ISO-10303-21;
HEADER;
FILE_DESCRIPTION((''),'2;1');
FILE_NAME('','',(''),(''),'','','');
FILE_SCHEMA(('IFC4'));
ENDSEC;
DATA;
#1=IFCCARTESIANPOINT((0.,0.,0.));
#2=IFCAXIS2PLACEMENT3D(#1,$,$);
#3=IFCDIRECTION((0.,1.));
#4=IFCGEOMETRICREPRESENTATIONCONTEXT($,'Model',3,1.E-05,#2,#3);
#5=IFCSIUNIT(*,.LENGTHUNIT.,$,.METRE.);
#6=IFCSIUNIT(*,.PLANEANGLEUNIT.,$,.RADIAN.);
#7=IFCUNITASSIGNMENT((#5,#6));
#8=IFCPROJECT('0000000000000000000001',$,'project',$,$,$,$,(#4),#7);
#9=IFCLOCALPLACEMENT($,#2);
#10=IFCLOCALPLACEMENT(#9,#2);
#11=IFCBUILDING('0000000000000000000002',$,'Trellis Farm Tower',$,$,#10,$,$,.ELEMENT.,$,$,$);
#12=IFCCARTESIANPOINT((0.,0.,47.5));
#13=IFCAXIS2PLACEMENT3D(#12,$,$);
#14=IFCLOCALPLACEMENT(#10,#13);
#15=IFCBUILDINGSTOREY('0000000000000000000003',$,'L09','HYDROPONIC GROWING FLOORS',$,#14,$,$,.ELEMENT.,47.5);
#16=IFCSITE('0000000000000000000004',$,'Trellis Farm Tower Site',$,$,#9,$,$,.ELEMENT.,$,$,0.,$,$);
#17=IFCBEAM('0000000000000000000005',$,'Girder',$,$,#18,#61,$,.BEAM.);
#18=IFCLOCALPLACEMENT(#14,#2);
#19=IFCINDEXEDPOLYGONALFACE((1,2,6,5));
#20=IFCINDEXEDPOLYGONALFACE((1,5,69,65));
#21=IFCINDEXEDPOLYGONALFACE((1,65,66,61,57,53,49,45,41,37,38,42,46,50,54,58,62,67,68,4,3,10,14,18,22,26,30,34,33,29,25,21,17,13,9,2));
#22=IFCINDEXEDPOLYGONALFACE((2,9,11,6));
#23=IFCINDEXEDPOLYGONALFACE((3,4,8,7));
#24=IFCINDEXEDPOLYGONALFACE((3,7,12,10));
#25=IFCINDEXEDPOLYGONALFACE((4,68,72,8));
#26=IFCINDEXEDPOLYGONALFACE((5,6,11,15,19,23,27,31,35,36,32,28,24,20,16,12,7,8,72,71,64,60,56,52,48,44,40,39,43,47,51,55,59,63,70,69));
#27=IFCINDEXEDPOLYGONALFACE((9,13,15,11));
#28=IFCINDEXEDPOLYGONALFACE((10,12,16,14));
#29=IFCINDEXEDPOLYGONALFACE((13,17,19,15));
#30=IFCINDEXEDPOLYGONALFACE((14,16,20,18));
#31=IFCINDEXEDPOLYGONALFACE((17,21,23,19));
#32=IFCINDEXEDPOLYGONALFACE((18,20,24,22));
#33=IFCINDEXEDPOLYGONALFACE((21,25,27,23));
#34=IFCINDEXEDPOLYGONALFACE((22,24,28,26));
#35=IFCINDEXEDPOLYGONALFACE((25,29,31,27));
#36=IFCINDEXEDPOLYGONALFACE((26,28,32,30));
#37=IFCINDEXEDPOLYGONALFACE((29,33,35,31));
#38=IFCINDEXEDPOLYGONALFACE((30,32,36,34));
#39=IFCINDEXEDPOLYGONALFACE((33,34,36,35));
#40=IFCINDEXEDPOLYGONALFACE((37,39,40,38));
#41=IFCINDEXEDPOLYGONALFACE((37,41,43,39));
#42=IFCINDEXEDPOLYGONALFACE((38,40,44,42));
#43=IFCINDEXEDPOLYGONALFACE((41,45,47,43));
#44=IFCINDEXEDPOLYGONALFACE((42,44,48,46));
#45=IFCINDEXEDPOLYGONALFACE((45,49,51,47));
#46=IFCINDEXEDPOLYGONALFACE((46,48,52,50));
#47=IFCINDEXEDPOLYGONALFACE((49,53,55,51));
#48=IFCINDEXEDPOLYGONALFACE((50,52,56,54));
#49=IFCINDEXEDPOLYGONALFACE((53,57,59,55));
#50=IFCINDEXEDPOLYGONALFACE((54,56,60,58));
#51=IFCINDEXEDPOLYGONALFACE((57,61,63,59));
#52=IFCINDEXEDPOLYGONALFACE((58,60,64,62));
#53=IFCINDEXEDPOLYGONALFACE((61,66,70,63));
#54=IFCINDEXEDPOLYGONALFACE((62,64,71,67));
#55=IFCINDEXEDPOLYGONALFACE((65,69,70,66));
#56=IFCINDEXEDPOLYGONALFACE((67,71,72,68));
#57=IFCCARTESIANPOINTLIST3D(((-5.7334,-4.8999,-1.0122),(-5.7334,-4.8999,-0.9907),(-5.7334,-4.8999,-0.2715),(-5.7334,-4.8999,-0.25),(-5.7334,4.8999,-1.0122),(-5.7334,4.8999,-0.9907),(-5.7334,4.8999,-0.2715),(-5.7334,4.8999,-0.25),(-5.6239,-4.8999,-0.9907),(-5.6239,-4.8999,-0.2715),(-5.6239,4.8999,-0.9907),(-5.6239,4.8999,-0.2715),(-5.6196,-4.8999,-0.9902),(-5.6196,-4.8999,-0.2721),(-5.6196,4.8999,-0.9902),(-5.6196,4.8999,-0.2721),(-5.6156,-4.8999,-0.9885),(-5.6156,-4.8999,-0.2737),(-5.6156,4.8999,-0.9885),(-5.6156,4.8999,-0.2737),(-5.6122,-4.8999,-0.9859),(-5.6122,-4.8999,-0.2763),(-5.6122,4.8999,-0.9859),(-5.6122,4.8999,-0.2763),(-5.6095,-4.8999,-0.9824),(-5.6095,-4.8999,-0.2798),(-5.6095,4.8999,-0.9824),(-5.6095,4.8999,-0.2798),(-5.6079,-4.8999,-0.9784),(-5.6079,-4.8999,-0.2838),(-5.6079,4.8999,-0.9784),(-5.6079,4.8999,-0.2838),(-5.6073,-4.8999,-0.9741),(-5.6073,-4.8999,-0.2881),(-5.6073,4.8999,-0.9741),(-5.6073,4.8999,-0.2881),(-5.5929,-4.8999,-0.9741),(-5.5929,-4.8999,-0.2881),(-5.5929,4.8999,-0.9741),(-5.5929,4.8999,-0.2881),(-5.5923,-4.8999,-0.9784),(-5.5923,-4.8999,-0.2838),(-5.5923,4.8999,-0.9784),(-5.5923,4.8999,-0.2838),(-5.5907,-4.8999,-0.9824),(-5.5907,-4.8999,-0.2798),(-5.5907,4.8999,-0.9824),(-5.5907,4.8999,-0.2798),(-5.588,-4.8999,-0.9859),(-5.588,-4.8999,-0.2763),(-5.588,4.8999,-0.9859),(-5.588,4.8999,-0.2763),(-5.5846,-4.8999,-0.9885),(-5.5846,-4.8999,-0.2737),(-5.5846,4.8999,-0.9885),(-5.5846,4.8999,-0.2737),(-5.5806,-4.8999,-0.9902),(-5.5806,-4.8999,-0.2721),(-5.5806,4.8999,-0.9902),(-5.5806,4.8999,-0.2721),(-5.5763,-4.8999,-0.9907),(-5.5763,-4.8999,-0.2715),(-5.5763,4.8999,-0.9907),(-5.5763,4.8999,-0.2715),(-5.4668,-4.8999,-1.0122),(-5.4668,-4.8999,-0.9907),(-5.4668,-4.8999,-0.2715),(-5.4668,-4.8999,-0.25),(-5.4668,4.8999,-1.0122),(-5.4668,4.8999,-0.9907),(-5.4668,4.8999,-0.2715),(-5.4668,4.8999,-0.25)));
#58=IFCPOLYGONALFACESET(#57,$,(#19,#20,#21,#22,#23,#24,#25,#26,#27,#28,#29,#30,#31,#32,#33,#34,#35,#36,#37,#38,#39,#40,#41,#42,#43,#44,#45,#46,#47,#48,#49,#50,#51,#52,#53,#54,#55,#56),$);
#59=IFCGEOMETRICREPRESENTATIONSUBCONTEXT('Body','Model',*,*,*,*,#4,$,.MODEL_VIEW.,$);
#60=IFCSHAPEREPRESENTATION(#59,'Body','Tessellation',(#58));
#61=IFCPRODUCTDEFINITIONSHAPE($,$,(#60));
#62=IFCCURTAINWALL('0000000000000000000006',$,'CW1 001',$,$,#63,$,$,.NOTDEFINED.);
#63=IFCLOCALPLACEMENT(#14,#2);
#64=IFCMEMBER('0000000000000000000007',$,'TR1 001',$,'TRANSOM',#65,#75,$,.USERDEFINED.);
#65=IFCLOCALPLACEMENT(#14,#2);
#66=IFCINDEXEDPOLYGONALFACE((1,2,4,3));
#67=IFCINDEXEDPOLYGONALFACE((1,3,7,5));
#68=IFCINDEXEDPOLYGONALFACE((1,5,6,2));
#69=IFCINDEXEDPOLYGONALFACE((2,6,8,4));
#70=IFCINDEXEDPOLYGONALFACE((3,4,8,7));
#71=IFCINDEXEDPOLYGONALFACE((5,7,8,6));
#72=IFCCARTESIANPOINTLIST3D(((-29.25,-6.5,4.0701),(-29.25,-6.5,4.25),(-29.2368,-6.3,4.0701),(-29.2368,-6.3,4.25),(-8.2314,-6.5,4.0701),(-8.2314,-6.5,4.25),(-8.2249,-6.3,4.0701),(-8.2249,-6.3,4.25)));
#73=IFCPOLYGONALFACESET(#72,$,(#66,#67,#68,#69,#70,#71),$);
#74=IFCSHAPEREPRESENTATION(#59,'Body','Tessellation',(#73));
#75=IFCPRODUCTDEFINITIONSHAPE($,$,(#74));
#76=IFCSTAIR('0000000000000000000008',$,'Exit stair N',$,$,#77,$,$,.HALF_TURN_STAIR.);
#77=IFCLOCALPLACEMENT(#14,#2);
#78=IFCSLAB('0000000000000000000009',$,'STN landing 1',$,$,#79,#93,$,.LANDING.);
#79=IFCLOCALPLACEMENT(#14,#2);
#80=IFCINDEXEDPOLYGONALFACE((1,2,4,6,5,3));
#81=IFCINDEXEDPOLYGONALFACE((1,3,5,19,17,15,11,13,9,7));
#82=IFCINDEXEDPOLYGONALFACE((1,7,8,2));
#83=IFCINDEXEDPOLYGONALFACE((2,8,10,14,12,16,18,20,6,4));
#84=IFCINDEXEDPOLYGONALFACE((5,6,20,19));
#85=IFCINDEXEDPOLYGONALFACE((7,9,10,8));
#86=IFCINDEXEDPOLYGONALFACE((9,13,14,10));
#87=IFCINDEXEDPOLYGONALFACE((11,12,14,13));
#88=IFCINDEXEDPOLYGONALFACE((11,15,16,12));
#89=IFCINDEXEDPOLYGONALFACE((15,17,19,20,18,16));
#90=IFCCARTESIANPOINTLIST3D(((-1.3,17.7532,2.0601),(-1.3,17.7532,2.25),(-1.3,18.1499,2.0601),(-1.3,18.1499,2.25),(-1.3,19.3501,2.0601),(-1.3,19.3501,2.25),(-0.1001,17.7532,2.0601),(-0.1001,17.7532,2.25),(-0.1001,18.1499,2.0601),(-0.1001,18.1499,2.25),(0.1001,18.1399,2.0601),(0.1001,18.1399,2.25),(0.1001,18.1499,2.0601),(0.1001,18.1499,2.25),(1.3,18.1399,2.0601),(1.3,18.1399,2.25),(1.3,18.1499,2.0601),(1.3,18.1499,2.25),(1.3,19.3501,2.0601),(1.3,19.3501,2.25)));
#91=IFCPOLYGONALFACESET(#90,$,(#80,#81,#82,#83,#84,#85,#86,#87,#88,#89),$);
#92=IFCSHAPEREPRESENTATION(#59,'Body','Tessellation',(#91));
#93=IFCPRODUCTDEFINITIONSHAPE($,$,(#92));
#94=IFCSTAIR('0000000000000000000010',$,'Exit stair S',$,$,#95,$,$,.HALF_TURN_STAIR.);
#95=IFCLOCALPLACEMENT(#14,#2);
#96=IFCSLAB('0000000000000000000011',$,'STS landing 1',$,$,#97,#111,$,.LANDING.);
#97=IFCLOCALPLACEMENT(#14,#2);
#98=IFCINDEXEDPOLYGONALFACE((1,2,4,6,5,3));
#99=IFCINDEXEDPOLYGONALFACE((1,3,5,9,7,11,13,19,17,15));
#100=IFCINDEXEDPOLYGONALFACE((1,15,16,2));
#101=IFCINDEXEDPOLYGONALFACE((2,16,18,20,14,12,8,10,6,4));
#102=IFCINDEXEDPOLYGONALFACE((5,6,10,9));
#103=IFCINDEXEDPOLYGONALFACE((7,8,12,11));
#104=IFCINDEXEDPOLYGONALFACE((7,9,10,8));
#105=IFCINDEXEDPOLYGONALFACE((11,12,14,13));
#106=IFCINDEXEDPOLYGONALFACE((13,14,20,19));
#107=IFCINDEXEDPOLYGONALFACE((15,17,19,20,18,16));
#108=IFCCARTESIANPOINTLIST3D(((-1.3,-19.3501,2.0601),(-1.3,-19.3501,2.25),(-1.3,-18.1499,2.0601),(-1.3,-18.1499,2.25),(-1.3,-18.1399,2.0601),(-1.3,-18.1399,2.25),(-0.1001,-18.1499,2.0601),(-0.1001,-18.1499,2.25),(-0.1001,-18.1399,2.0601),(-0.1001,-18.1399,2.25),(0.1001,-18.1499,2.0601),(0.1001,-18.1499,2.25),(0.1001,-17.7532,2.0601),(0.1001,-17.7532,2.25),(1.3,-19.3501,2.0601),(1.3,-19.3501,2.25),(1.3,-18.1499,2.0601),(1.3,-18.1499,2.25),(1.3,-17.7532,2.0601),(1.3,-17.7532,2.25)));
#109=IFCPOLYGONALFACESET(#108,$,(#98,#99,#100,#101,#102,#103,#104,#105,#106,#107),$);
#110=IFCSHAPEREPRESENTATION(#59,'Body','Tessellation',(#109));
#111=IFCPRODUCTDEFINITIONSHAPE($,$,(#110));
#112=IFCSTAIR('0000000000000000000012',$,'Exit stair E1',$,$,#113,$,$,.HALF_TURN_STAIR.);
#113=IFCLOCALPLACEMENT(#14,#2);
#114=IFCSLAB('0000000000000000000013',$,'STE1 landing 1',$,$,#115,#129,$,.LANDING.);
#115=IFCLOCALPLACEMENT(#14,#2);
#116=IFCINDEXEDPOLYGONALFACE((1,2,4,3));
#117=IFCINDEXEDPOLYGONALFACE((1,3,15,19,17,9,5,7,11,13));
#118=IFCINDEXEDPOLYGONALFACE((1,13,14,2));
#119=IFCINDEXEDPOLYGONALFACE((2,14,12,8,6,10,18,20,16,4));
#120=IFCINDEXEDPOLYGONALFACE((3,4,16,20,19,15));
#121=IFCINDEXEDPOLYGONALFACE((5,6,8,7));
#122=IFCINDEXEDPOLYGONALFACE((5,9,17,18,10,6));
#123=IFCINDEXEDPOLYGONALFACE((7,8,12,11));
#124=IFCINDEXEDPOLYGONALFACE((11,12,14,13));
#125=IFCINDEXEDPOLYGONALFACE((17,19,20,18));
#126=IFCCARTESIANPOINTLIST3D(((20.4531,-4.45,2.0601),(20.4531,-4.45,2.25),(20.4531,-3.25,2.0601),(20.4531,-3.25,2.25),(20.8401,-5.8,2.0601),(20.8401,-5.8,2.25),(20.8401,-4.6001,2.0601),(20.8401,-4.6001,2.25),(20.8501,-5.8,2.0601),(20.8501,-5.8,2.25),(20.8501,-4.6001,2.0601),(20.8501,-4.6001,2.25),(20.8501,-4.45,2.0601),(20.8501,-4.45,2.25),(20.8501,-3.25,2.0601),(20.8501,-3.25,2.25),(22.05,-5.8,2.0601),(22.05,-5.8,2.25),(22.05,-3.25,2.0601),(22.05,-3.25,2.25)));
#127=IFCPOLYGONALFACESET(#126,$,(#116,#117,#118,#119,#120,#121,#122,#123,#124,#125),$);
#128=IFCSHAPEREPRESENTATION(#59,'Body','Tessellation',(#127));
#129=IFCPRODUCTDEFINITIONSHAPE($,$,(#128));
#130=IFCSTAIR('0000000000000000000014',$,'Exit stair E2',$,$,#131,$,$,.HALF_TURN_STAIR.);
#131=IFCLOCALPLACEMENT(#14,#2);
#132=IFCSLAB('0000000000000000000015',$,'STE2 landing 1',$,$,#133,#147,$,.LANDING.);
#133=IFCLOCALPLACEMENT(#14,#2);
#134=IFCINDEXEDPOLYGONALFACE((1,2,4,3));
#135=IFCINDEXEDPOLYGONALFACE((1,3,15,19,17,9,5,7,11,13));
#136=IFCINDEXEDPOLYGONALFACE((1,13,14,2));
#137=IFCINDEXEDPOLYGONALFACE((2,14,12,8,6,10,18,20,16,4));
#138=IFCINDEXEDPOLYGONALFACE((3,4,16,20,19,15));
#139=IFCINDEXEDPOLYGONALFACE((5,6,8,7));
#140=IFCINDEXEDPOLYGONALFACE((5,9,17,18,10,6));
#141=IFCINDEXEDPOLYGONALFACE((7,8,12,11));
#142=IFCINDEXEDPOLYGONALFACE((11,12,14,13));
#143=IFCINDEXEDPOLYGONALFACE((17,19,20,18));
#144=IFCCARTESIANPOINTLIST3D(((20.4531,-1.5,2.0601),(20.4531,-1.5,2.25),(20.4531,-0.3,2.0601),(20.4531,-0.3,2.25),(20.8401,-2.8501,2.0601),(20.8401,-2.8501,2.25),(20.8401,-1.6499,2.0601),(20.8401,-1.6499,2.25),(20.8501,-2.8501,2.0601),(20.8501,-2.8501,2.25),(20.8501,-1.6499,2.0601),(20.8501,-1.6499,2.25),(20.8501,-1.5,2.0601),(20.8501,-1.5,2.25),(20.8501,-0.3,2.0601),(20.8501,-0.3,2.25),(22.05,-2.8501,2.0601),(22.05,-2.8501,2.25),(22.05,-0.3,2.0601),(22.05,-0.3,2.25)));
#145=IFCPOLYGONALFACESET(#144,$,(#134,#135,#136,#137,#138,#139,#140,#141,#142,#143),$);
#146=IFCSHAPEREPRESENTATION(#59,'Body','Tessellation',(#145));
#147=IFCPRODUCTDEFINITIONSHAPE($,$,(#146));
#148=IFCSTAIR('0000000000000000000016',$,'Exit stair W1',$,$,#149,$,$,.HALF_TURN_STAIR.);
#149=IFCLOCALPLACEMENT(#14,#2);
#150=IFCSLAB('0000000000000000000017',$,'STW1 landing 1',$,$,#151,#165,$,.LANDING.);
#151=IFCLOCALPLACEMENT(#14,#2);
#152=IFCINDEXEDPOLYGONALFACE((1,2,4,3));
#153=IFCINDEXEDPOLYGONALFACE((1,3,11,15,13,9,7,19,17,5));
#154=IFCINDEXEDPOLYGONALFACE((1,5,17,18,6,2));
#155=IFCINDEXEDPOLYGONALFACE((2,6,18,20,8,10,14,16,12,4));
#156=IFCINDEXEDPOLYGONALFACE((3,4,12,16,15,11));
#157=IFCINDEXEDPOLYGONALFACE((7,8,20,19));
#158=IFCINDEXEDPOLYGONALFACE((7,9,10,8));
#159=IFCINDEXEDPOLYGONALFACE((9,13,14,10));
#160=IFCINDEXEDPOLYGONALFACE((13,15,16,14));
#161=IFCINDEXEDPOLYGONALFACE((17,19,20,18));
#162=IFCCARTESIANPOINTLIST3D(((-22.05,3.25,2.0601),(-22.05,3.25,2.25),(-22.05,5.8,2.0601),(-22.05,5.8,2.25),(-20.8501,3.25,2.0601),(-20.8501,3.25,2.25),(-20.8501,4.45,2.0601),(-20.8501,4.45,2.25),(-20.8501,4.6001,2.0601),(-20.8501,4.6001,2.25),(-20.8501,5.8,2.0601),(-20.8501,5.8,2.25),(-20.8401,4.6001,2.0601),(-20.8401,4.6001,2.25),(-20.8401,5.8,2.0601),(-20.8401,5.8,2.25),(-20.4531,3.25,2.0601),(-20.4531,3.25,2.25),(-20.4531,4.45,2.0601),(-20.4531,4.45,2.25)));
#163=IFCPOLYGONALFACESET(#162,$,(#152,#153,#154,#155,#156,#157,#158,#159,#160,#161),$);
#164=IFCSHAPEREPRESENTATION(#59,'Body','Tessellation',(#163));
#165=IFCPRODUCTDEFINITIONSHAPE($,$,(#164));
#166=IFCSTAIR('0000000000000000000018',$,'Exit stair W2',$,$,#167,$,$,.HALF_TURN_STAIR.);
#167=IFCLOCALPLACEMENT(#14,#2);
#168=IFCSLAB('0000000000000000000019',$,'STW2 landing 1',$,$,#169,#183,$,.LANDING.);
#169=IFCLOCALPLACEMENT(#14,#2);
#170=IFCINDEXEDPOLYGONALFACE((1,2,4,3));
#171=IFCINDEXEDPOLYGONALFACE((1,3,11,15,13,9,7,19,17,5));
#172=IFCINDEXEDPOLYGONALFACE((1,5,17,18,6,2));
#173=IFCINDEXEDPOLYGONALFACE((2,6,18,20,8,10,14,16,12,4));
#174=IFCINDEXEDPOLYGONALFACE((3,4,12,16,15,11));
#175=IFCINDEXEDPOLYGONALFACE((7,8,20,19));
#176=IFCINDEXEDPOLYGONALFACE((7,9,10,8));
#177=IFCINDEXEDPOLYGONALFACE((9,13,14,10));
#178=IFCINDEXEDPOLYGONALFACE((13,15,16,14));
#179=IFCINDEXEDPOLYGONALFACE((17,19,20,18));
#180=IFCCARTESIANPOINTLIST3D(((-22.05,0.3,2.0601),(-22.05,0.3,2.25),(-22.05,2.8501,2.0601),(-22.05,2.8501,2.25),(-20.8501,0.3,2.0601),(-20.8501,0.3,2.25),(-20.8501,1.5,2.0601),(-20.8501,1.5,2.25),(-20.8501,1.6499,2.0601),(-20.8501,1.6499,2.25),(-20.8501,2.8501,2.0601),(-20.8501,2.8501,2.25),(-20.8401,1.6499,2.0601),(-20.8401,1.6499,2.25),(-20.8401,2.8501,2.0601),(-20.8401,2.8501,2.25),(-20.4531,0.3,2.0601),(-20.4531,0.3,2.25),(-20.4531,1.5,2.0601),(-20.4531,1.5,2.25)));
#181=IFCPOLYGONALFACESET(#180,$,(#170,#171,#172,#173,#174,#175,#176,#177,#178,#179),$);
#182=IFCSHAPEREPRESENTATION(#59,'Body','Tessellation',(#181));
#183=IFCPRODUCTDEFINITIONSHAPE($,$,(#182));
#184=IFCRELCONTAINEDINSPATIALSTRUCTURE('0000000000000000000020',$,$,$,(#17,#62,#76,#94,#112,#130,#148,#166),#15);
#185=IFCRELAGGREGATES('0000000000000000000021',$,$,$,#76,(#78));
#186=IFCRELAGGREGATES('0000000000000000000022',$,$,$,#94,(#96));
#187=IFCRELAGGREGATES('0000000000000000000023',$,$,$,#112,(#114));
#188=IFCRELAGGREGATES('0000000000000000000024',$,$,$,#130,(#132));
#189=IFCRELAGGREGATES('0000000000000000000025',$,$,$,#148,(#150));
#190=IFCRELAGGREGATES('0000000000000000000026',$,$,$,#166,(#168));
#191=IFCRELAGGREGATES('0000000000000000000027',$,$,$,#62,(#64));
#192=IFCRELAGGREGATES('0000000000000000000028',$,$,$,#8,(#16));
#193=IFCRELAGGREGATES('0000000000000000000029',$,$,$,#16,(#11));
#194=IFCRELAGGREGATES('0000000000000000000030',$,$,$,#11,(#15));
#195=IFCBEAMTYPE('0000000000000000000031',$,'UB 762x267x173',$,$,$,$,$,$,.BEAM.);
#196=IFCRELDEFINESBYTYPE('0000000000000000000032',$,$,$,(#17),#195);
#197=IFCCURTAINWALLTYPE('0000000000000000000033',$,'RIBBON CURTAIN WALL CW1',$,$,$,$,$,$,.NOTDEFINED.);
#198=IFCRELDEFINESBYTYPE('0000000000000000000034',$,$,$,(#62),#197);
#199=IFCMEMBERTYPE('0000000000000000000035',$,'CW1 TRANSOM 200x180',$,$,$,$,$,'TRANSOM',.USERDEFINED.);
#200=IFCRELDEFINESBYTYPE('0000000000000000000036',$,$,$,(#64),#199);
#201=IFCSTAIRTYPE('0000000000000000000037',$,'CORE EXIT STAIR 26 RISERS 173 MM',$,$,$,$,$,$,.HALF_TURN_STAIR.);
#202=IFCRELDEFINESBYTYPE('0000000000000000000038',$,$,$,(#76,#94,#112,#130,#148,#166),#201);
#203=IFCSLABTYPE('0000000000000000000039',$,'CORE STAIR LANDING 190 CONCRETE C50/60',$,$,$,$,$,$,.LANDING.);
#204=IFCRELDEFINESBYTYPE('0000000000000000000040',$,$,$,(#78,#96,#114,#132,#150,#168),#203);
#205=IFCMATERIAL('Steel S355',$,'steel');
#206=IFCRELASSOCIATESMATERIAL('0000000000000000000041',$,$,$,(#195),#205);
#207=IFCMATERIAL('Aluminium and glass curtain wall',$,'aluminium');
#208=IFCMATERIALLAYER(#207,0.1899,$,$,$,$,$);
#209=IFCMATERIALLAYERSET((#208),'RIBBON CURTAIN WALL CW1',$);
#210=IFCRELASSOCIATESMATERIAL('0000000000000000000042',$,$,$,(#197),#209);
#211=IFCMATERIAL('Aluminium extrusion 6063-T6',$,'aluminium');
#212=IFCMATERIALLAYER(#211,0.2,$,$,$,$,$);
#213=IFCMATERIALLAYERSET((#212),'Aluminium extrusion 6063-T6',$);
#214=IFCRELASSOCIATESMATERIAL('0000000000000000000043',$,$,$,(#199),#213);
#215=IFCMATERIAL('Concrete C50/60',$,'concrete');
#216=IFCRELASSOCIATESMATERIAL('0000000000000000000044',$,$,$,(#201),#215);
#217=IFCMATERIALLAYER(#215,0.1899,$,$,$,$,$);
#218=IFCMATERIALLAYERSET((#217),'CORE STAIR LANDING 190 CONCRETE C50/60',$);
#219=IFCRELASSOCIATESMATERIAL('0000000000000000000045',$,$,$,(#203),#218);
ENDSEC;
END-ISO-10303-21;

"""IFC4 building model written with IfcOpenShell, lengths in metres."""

from ifc_helpers import new_model, si_unit, direction, frame, origin, origin_2d, place, context, subcontext, project, spatial, polyline, i_section, outline, extrude, source, transform, mapped, material, layer, layer_set, material_profile, profile_set, type_object, element, aggregate, save


model = new_model("IFC4")

# Units and contexts
model_context = context("Model", 3, precision=1e-05, world=origin(), true_north=direction((0.0, 1.0)))
body_context = subcontext(model_context, "Body", "Model", "MODEL_VIEW")
ifc_project = project(units=[si_unit("LENGTHUNIT", "METRE"), si_unit("PLANEANGLEUNIT", "RADIAN")], contexts=[model_context])

# Site, building, storey
site_placement = place(None, origin())
site = spatial("IfcSite", under=ifc_project, at=site_placement, Name="Trellis Farm Tower Site", CompositionType="ELEMENT", RefElevation=0.0)
building_placement = place(site_placement, origin())
building = spatial("IfcBuilding", under=site, at=building_placement, Name="Trellis Farm Tower", CompositionType="ELEMENT")
storey_placement = place(building_placement, frame((0.0, 0.0, 47.5)))
storey = spatial("IfcBuildingStorey", under=building, at=storey_placement, Name="L09", Description="HYDROPONIC GROWING FLOORS", CompositionType="ELEMENT", Elevation=47.5)

# Beam
ifc_material_1 = material(Name="Steel S355", Category="steel")
ifc_material_profile_1 = material_profile(ifc_material_1, i_section(OverallWidth=0.2666, OverallDepth=0.7622, WebThickness=0.0144, FlangeThickness=0.0215, FilletRadius=0.0166, at=origin_2d()), Name="UB 762x267x173")
ifc_profile_set_1 = profile_set([ifc_material_profile_1], Name="Steel S355")
beam_type_1 = type_object("IfcBeamType", Name="UB 762x267x173", PredefinedType="BEAM", material=ifc_profile_set_1)
shared_shape_1 = source(origin(), body_context, "Body", "SweptSolid", [
    extrude(i_section(OverallWidth=0.2666, OverallDepth=0.7622, WebThickness=0.0144, FlangeThickness=0.0215, FilletRadius=0.0166, at=origin_2d()), origin(), (0.0, 0.0, 1.0), 9.7998),
])
for number, where, z_axis, x_axis, name in (
    (1, (-5.6001, -4.8999, -0.6311), (0.0, 1.0, 0.0), (-1.0, 0.0, 0.0), "Girder"),
):
    element("IfcBeam", number, at=place(storey_placement, frame(where, z_axis=z_axis, x_axis=x_axis)), inside=storey, type_object=beam_type_1, Name=name, PredefinedType="BEAM", context=body_context, shape_type="MappedRepresentation", body=[
        mapped(shared_shape_1, transform((0.0, 0.0, 0.0))),
    ])

# Curtain wall, member
ifc_material_2 = material(Name="Aluminium and glass curtain wall", Category="aluminium")
ifc_layer_1 = layer(ifc_material_2, 0.1899)
ifc_layer_set_1 = layer_set([ifc_layer_1], Name="RIBBON CURTAIN WALL CW1")
curtain_wall_type = type_object("IfcCurtainWallType", Name="RIBBON CURTAIN WALL CW1", PredefinedType="NOTDEFINED", material=ifc_layer_set_1)
placement_1 = place(storey_placement, origin())
curtain_wall = element("IfcCurtainWall", 2, at=placement_1, inside=storey, type_object=curtain_wall_type, Name="CW1 001", PredefinedType="NOTDEFINED")
ifc_material_3 = material(Name="Aluminium extrusion 6063-T6", Category="aluminium")
ifc_layer_2 = layer(ifc_material_3, 0.2)
ifc_layer_set_2 = layer_set([ifc_layer_2], Name="Aluminium extrusion 6063-T6")
member_type = type_object("IfcMemberType", Name="CW1 TRANSOM 200x180", ElementType="TRANSOM", PredefinedType="USERDEFINED", material=ifc_layer_set_2)
shared_shape_2 = source(origin(), body_context, "Body", "SweptSolid", [
    extrude(outline(polyline([(-29.25, -6.5), (-8.2314, -6.5), (-8.2249, -6.3), (-29.2368, -6.3), (-29.25, -6.5)])), origin(), (0.0, 0.0, 1.0), 0.1799),
])
member_placement = place(storey_placement, frame((0.0, 0.0, 4.0701)))
member = element("IfcMember", 3, at=member_placement, type_object=member_type, Name="TR1 001", ObjectType="TRANSOM", PredefinedType="USERDEFINED", context=body_context, shape_type="MappedRepresentation", body=[
    mapped(shared_shape_2, transform((0.0, 0.0, 0.0))),
])

# Stairs, slabs
ifc_material_4 = material(Name="Concrete C50/60", Category="concrete")
stair_type = type_object("IfcStairType", Name="CORE EXIT STAIR 26 RISERS 173 MM", PredefinedType="HALF_TURN_STAIR", material=ifc_material_4)
stair_1 = element("IfcStair", 4, at=placement_1, inside=storey, type_object=stair_type, Name="Exit stair N", PredefinedType="HALF_TURN_STAIR")
ifc_layer_3 = layer(ifc_material_4, 0.1899)
ifc_layer_set_3 = layer_set([ifc_layer_3], Name="CORE STAIR LANDING 190 CONCRETE C50/60")
slab_type_1 = type_object("IfcSlabType", Name="CORE STAIR LANDING 190 CONCRETE C50/60", PredefinedType="LANDING", material=ifc_layer_set_3)
shared_shape_3 = source(origin(), body_context, "Body", "SweptSolid", [
    extrude(outline(polyline([(-0.1001, 17.7532), (-1.3, 17.7532), (-1.3, 18.1499), (-1.3, 19.3501), (1.3, 19.3501), (1.3, 18.1499), (1.3, 18.1399), (0.1001, 18.1399), (0.1001, 18.1499), (-0.1001, 18.1499), (-0.1001, 17.7532)])), origin(), (0.0, 0.0, 1.0), 0.1899),
])
placement_2 = place(storey_placement, frame((0.0, 0.0, 2.0601)))
slab_1 = element("IfcSlab", 5, at=placement_2, type_object=slab_type_1, Name="STN landing 1", PredefinedType="LANDING", context=body_context, shape_type="MappedRepresentation", body=[
    mapped(shared_shape_3, transform((0.0, 0.0, 0.0))),
])
aggregate(stair_1, [slab_1])
stair_2 = element("IfcStair", 6, at=placement_1, inside=storey, type_object=stair_type, Name="Exit stair S", PredefinedType="HALF_TURN_STAIR")
shared_shape_4 = source(origin(), body_context, "Body", "SweptSolid", [
    extrude(outline(polyline([(1.3, -19.3501), (-1.3, -19.3501), (-1.3, -18.1499), (-1.3, -18.1399), (-0.1001, -18.1399), (-0.1001, -18.1499), (0.1001, -18.1499), (0.1001, -17.7532), (1.3, -17.7532), (1.3, -18.1499), (1.3, -19.3501)])), origin(), (0.0, 0.0, 1.0), 0.1899),
])
slab_2 = element("IfcSlab", 7, at=placement_2, type_object=slab_type_1, Name="STS landing 1", PredefinedType="LANDING", context=body_context, shape_type="MappedRepresentation", body=[
    mapped(shared_shape_4, transform((0.0, 0.0, 0.0))),
])
aggregate(stair_2, [slab_2])
stair_3 = element("IfcStair", 8, at=placement_1, inside=storey, type_object=stair_type, Name="Exit stair E1", PredefinedType="HALF_TURN_STAIR")
shared_shape_5 = source(origin(), body_context, "Body", "SweptSolid", [
    extrude(outline(polyline([(20.8401, -5.8), (20.8401, -4.6001), (20.8501, -4.6001), (20.8501, -4.45), (20.4531, -4.45), (20.4531, -3.25), (20.8501, -3.25), (22.05, -3.25), (22.05, -5.8), (20.8501, -5.8), (20.8401, -5.8)])), origin(), (0.0, 0.0, 1.0), 0.1899),
])
slab_3 = element("IfcSlab", 9, at=placement_2, type_object=slab_type_1, Name="STE1 landing 1", PredefinedType="LANDING", context=body_context, shape_type="MappedRepresentation", body=[
    mapped(shared_shape_5, transform((0.0, 0.0, 0.0))),
])
aggregate(stair_3, [slab_3])
stair_4 = element("IfcStair", 10, at=placement_1, inside=storey, type_object=stair_type, Name="Exit stair E2", PredefinedType="HALF_TURN_STAIR")
shared_shape_6 = source(origin(), body_context, "Body", "SweptSolid", [
    extrude(outline(polyline([(20.8401, -2.8501), (20.8401, -1.6499), (20.8501, -1.6499), (20.8501, -1.5), (20.4531, -1.5), (20.4531, -0.3), (20.8501, -0.3), (22.05, -0.3), (22.05, -2.8501), (20.8501, -2.8501), (20.8401, -2.8501)])), origin(), (0.0, 0.0, 1.0), 0.1899),
])
slab_4 = element("IfcSlab", 11, at=placement_2, type_object=slab_type_1, Name="STE2 landing 1", PredefinedType="LANDING", context=body_context, shape_type="MappedRepresentation", body=[
    mapped(shared_shape_6, transform((0.0, 0.0, 0.0))),
])
aggregate(stair_4, [slab_4])
stair_5 = element("IfcStair", 12, at=placement_1, inside=storey, type_object=stair_type, Name="Exit stair W1", PredefinedType="HALF_TURN_STAIR")
shared_shape_7 = source(origin(), body_context, "Body", "SweptSolid", [
    extrude(outline(polyline([(-20.4531, 4.45), (-20.4531, 3.25), (-20.8501, 3.25), (-22.05, 3.25), (-22.05, 5.8), (-20.8501, 5.8), (-20.8401, 5.8), (-20.8401, 4.6001), (-20.8501, 4.6001), (-20.8501, 4.45), (-20.4531, 4.45)])), origin(), (0.0, 0.0, 1.0), 0.1899),
])
slab_5 = element("IfcSlab", 13, at=placement_2, type_object=slab_type_1, Name="STW1 landing 1", PredefinedType="LANDING", context=body_context, shape_type="MappedRepresentation", body=[
    mapped(shared_shape_7, transform((0.0, 0.0, 0.0))),
])
aggregate(stair_5, [slab_5])
stair_6 = element("IfcStair", 14, at=placement_1, inside=storey, type_object=stair_type, Name="Exit stair W2", PredefinedType="HALF_TURN_STAIR")
shared_shape_8 = source(origin(), body_context, "Body", "SweptSolid", [
    extrude(outline(polyline([(-20.4531, 1.5), (-20.4531, 0.3), (-20.8501, 0.3), (-22.05, 0.3), (-22.05, 2.8501), (-20.8501, 2.8501), (-20.8401, 2.8501), (-20.8401, 1.6499), (-20.8501, 1.6499), (-20.8501, 1.5), (-20.4531, 1.5)])), origin(), (0.0, 0.0, 1.0), 0.1899),
])
slab_6 = element("IfcSlab", 15, at=placement_2, type_object=slab_type_1, Name="STW2 landing 1", PredefinedType="LANDING", context=body_context, shape_type="MappedRepresentation", body=[
    mapped(shared_shape_8, transform((0.0, 0.0, 0.0))),
])
aggregate(stair_6, [slab_6])

aggregate(curtain_wall, [member])

save(model, "model.ifc")
